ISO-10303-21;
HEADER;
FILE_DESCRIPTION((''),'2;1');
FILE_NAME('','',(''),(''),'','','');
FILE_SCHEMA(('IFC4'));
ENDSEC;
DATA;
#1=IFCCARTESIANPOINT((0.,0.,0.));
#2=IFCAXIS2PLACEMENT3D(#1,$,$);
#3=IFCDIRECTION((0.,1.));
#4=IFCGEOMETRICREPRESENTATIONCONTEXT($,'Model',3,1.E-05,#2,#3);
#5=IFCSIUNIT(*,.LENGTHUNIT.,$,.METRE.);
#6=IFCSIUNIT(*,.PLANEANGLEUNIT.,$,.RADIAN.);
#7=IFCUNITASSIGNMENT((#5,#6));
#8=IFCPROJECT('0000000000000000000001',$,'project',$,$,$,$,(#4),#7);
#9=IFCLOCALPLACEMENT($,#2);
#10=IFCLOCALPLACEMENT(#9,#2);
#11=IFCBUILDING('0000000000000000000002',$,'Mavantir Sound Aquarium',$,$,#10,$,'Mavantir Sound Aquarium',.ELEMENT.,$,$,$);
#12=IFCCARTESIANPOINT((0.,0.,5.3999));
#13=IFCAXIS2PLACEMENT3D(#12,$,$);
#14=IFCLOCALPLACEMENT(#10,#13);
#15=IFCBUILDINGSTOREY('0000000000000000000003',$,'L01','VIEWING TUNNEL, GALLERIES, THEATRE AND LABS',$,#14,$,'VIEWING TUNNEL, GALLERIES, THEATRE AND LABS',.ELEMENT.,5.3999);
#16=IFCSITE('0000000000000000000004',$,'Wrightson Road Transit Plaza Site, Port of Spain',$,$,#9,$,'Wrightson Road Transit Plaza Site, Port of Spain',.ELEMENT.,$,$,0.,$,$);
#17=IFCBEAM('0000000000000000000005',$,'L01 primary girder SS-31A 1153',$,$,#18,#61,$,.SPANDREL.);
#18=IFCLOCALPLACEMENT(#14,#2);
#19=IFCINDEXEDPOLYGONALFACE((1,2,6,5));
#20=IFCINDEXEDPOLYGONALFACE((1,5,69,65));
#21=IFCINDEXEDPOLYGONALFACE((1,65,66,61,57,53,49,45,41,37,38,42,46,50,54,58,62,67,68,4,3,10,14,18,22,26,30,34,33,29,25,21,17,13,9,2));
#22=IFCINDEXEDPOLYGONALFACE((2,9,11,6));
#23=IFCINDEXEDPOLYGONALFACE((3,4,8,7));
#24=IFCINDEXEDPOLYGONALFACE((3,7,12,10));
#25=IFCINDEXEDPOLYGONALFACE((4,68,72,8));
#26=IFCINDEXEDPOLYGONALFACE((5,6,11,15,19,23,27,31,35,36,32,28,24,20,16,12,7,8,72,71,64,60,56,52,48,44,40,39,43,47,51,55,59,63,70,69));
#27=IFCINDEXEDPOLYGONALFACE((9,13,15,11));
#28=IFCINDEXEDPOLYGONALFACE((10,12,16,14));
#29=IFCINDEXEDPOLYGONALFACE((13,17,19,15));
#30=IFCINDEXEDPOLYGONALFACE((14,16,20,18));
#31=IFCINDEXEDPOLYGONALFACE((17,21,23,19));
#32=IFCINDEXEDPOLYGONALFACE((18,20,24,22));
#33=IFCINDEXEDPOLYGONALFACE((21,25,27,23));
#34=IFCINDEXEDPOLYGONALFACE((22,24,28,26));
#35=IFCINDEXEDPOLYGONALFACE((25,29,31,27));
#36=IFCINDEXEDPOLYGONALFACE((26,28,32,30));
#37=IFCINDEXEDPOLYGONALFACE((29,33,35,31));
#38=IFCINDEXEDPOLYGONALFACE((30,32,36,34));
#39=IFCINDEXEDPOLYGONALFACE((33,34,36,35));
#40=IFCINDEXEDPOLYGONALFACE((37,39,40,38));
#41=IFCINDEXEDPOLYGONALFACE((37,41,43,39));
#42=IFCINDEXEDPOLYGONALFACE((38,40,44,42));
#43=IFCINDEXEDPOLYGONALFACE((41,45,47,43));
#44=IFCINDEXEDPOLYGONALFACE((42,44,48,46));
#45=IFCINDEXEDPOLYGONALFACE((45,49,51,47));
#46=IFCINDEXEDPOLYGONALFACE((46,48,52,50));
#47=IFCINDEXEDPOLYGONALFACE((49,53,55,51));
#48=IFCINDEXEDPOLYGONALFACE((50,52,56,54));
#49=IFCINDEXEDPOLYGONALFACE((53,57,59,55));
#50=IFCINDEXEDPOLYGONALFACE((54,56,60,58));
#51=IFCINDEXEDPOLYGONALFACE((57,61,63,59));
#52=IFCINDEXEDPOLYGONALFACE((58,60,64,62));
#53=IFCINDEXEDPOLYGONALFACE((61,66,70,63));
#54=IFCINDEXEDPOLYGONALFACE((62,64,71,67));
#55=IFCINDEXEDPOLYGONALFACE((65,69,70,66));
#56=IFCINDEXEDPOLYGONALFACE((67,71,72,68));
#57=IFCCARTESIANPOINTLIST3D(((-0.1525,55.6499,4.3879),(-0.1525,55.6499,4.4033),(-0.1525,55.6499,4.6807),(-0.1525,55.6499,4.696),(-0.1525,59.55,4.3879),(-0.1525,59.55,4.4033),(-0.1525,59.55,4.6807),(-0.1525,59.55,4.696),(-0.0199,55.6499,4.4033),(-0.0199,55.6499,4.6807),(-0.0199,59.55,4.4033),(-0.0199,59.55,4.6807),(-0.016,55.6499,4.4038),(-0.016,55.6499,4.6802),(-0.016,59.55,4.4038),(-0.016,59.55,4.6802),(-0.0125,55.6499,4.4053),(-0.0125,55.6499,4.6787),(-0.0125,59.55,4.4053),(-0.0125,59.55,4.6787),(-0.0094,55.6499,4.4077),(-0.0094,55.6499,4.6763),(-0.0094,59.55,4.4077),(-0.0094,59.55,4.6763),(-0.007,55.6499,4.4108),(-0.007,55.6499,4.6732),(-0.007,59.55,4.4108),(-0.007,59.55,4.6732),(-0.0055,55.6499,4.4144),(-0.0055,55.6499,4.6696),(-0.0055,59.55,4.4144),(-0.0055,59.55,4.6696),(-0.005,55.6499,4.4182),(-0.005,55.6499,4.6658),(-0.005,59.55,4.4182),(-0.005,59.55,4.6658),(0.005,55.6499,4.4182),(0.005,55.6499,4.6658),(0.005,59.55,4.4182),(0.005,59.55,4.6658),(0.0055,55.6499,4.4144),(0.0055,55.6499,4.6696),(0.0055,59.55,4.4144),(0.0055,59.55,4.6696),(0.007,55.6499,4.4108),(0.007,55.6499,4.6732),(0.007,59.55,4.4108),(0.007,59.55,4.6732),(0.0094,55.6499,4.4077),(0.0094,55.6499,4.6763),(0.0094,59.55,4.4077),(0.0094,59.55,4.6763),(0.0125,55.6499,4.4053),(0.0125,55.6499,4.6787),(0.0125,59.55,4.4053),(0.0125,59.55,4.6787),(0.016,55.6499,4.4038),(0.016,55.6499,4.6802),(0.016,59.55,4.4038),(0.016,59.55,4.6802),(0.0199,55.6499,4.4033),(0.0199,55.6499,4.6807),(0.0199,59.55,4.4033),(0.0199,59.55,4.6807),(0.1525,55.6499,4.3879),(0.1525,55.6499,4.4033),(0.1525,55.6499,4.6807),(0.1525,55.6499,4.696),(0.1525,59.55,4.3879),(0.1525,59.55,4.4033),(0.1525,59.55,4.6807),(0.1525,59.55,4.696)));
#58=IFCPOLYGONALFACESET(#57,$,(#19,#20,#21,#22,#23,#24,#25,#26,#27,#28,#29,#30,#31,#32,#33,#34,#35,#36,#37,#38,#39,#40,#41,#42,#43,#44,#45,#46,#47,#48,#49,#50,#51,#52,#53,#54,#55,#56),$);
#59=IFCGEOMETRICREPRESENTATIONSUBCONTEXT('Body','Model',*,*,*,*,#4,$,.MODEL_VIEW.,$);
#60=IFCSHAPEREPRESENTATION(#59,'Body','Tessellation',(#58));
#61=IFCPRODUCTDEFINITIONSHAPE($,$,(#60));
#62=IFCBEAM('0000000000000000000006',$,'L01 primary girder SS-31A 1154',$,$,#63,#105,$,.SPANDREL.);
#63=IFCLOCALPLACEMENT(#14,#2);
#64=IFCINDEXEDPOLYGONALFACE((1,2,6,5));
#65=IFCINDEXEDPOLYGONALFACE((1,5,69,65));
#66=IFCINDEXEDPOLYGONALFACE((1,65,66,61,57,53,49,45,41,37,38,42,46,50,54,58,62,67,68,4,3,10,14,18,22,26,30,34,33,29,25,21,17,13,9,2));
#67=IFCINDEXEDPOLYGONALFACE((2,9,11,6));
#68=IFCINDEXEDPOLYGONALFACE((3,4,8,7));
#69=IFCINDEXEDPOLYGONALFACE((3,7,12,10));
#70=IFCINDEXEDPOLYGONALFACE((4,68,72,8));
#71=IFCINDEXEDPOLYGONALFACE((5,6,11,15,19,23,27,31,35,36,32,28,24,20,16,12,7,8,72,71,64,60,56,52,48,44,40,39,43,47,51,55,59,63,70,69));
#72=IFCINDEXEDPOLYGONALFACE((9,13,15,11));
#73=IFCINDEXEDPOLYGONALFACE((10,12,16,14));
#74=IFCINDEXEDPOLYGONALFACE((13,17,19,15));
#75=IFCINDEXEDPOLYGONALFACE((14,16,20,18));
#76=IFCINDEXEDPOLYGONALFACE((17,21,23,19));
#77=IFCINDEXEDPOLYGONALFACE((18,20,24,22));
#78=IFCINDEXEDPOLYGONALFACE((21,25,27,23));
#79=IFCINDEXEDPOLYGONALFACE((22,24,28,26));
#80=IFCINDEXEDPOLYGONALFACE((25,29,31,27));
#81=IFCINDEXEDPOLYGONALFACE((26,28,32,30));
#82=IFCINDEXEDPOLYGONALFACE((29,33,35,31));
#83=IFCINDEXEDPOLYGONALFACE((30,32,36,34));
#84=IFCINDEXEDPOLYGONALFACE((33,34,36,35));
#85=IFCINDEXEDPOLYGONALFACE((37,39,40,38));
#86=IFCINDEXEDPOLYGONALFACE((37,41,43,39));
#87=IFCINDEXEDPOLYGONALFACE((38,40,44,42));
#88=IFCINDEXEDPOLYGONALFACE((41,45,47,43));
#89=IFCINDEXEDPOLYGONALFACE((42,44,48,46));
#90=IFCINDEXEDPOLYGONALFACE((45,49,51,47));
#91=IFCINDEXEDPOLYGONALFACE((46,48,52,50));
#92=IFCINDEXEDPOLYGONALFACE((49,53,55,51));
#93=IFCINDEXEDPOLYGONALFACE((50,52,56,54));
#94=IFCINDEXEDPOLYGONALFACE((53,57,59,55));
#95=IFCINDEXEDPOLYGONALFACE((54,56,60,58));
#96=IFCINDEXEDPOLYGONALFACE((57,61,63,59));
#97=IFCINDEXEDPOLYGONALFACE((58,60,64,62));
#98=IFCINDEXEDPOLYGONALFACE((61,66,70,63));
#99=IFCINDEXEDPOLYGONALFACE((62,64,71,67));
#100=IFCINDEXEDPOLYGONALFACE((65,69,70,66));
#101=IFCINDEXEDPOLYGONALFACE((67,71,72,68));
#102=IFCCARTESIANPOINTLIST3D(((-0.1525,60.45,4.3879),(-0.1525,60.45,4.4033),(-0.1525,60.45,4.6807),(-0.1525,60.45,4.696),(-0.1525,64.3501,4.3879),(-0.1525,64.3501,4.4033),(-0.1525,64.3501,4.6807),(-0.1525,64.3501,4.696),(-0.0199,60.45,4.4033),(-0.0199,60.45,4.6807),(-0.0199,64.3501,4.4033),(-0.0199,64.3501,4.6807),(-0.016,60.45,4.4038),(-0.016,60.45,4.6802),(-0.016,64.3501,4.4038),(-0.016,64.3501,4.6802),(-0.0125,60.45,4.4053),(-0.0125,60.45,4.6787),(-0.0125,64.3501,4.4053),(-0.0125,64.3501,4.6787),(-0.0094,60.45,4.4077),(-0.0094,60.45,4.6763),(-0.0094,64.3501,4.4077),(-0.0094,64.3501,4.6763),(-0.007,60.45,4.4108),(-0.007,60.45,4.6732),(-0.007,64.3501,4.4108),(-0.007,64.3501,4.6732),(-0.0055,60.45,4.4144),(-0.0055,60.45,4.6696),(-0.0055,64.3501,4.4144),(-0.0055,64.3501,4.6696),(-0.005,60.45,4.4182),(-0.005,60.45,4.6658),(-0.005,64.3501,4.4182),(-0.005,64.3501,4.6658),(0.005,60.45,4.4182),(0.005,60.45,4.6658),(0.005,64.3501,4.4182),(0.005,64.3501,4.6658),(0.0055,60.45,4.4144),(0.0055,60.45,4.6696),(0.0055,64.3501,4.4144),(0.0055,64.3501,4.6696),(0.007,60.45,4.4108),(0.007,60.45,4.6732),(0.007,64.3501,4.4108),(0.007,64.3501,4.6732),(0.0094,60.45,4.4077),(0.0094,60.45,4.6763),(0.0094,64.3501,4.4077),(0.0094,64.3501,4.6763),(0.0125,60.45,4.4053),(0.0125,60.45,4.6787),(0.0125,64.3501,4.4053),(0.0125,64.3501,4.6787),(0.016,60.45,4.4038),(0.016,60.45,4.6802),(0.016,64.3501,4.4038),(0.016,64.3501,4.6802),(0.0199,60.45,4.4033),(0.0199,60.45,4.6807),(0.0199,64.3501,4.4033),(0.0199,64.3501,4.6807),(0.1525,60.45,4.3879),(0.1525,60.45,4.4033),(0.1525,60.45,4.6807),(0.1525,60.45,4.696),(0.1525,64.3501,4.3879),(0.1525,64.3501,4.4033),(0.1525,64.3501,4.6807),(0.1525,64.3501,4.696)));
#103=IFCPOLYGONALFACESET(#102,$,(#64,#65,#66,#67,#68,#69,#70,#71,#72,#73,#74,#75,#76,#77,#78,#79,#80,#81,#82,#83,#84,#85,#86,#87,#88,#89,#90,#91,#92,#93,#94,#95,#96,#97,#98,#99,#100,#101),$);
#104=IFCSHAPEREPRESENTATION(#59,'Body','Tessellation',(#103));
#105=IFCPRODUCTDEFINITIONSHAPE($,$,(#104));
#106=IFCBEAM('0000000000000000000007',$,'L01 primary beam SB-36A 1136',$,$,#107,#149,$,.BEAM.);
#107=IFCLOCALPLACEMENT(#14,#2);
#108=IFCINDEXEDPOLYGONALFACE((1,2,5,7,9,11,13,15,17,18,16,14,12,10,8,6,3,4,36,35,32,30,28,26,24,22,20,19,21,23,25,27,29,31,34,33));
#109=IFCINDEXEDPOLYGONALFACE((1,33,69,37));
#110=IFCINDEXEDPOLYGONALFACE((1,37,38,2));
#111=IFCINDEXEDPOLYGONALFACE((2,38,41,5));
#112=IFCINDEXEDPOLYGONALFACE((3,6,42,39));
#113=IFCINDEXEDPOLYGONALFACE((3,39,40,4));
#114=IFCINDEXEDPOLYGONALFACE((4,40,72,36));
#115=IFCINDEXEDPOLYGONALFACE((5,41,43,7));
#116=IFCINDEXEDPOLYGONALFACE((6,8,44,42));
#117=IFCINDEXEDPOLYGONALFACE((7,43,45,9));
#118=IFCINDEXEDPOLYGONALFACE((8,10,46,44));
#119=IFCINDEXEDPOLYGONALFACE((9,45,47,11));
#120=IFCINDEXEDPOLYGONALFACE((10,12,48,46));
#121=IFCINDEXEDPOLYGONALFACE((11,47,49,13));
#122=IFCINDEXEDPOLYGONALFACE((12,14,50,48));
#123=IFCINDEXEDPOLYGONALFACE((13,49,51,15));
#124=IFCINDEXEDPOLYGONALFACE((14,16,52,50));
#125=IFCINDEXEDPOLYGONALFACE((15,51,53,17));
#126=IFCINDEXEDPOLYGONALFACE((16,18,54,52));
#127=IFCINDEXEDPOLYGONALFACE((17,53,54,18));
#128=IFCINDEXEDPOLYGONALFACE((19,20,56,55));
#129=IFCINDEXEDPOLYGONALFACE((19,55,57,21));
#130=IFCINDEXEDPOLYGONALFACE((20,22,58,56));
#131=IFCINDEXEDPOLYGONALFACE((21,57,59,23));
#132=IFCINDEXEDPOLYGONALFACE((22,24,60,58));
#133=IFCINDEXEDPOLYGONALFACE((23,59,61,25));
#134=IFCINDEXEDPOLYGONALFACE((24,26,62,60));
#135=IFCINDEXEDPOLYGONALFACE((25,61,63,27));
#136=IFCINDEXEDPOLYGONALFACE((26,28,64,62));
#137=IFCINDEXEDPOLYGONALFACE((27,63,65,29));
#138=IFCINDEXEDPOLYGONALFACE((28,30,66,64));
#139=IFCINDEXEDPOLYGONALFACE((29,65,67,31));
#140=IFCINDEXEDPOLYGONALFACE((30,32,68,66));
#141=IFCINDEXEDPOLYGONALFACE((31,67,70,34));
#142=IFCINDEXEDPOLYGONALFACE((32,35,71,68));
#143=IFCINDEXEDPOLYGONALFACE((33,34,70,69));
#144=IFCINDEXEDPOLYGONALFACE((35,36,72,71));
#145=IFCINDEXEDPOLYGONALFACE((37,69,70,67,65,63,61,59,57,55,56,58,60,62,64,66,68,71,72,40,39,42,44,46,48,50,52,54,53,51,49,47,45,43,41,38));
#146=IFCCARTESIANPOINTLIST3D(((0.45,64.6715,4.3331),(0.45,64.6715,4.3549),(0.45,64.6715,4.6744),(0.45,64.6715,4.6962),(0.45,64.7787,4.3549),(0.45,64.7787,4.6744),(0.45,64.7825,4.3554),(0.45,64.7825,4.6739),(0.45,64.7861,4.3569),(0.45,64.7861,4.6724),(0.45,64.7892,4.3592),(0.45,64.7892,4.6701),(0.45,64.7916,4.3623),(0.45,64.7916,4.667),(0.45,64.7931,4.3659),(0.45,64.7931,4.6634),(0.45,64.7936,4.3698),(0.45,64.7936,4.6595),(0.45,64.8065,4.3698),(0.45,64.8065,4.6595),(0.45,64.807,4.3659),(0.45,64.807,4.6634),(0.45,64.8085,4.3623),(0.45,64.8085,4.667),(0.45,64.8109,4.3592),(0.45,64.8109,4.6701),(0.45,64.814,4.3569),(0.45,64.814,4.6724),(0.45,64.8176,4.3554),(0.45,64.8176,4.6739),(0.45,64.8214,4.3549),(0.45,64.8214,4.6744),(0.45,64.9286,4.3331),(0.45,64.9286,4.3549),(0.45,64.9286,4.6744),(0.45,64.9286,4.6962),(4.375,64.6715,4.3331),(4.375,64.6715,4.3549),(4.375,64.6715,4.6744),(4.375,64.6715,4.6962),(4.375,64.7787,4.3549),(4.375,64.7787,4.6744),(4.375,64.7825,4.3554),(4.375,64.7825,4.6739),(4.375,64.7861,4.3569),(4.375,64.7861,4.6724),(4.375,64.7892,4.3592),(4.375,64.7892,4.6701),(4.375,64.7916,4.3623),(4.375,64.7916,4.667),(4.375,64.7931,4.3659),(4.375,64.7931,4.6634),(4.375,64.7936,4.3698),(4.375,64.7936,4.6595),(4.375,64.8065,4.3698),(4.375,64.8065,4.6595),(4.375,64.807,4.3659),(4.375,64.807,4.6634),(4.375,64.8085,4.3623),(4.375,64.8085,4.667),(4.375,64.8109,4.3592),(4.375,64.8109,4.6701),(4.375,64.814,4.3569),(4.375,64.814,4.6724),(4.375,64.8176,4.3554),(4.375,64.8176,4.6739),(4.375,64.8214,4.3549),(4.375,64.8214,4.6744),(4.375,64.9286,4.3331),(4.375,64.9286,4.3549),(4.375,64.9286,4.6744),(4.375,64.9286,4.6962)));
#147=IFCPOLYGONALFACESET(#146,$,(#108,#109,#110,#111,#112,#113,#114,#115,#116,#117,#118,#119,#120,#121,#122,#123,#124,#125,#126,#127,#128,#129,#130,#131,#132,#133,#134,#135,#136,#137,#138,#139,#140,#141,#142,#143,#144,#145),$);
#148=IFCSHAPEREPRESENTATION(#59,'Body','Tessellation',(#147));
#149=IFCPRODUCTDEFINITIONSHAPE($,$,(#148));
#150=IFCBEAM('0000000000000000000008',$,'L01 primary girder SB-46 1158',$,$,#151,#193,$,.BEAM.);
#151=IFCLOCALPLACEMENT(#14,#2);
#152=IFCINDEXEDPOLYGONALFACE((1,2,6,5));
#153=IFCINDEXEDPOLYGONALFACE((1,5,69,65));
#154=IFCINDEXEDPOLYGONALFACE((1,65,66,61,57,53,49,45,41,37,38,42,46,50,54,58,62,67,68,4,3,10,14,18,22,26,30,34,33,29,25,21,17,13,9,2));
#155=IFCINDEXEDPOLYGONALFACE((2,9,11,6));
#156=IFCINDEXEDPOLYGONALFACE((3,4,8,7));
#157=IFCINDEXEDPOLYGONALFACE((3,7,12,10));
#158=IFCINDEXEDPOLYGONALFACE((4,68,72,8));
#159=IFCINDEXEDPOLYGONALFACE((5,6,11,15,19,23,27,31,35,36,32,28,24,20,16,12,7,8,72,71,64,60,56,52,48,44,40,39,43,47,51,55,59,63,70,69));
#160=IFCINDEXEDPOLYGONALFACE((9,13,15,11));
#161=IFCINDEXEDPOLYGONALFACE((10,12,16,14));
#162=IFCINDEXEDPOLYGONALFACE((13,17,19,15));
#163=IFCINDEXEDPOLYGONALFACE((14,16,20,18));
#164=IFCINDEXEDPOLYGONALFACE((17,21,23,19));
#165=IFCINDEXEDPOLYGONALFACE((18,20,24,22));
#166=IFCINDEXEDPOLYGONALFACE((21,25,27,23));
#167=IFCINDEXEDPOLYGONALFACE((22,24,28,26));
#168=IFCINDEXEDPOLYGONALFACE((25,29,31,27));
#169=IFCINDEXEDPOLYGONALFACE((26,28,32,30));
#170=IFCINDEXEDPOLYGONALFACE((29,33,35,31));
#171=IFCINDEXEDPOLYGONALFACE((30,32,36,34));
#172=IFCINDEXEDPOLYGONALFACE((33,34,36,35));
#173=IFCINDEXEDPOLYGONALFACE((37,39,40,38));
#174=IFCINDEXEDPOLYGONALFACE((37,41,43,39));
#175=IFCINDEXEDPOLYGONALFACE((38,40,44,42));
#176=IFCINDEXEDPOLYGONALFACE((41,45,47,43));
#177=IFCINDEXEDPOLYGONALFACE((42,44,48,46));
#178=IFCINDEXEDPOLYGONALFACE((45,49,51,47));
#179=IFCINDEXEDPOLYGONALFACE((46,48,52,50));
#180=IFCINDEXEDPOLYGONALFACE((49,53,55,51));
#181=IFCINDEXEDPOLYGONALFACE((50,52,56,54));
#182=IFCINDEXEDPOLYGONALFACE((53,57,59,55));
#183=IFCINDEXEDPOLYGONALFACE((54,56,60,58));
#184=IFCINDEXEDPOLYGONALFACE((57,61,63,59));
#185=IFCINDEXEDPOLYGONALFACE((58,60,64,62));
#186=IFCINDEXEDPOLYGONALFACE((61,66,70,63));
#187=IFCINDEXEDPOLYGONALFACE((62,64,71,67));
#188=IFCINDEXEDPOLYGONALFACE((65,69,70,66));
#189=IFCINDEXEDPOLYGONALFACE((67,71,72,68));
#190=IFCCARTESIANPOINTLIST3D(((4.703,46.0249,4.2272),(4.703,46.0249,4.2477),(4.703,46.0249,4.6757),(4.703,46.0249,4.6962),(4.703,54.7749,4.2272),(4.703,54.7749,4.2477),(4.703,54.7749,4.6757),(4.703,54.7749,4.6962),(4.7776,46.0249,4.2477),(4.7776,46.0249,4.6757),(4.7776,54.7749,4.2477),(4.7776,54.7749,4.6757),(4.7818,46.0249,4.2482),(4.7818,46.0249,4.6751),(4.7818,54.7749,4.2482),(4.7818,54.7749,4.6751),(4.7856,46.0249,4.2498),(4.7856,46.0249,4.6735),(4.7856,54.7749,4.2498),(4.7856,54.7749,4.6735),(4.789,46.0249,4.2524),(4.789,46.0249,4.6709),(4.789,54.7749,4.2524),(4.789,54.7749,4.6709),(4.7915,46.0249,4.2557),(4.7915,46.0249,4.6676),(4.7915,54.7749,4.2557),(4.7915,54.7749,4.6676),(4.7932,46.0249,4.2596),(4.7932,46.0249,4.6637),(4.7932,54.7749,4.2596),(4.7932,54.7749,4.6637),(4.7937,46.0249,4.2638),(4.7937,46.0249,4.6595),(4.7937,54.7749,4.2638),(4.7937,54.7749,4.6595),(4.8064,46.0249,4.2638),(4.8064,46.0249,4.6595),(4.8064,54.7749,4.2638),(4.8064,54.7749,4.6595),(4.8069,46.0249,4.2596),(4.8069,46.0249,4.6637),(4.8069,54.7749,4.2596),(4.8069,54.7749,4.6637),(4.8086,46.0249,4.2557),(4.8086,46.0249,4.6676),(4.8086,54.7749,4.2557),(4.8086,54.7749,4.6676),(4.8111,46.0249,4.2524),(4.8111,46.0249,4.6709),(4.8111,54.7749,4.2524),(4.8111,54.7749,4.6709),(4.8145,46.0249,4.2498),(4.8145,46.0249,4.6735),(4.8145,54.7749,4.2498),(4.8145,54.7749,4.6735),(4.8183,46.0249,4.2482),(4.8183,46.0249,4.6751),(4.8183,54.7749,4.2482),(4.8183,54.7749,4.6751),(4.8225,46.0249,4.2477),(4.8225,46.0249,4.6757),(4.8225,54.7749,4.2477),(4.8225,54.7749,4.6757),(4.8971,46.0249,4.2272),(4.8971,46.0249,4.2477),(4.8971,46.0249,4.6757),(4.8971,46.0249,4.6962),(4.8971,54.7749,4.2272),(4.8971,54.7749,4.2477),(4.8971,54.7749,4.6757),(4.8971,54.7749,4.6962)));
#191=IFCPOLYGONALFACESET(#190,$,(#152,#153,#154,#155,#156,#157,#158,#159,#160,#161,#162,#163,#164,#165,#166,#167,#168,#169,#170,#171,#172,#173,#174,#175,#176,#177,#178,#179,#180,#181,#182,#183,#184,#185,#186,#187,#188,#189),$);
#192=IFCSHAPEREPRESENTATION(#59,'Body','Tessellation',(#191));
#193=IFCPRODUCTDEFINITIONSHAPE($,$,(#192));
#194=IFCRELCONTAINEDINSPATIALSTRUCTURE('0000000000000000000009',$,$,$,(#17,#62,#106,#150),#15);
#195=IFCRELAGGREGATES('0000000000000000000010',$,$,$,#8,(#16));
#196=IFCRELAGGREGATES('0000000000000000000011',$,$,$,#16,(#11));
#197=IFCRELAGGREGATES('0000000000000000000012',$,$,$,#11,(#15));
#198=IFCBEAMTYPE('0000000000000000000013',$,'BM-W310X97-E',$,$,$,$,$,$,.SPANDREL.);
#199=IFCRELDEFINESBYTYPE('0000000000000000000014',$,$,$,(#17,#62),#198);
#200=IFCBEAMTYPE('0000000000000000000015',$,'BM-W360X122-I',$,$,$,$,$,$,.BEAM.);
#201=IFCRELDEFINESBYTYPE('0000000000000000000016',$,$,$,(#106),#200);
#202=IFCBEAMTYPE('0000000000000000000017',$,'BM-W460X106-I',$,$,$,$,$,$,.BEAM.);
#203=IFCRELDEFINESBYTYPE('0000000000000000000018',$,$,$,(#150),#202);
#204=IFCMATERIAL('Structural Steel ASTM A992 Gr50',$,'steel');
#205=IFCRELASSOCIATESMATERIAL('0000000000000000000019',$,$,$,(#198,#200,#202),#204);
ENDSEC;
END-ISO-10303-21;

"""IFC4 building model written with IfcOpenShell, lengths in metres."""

from ifc_helpers import new_model, si_unit, direction, frame, origin, origin_2d, place, context, subcontext, project, spatial, i_section, extrude, material, material_profile, profile_set, type_object, element, save


model = new_model("IFC4")

# Units and contexts
model_context = context("Model", 3, precision=1e-05, world=origin(), true_north=direction((0.0, 1.0)))
body_context = subcontext(model_context, "Body", "Model", "MODEL_VIEW")
ifc_project = project(units=[si_unit("LENGTHUNIT", "METRE"), si_unit("PLANEANGLEUNIT", "RADIAN")], contexts=[model_context])

# Site, building, storey
site_placement = place(None, origin())
site = spatial("IfcSite", under=ifc_project, at=site_placement, Name="Wrightson Road Transit Plaza Site, Port of Spain", LongName="Wrightson Road Transit Plaza Site, Port of Spain", CompositionType="ELEMENT", RefElevation=0.0)
building_placement = place(site_placement, origin())
building = spatial("IfcBuilding", under=site, at=building_placement, Name="Mavantir Sound Aquarium", LongName="Mavantir Sound Aquarium", CompositionType="ELEMENT")
storey_placement = place(building_placement, frame((0.0, 0.0, 5.3999)))
storey = spatial("IfcBuildingStorey", under=building, at=storey_placement, Name="L01", Description="VIEWING TUNNEL, GALLERIES, THEATRE AND LABS", LongName="VIEWING TUNNEL, GALLERIES, THEATRE AND LABS", CompositionType="ELEMENT", Elevation=5.3999)

# Beams
ifc_material_1 = material(Name="Structural Steel ASTM A992 Gr50", Category="steel")
ifc_material_profile_1 = material_profile(ifc_material_1, i_section(OverallWidth=0.3049, OverallDepth=0.3081, WebThickness=0.01, FlangeThickness=0.0154, FilletRadius=0.0149, at=origin_2d()), Name="W310X97")
ifc_profile_set_1 = profile_set([ifc_material_profile_1], Name="Structural Steel ASTM A992 Gr50")
beam_type_1 = type_object("IfcBeamType", Name="BM-W310X97-E", PredefinedType="SPANDREL", material=ifc_profile_set_1)
for number, where, z_axis, x_axis, name in (
    (1, (0.0, 55.6499, 4.542), (0.0, 1.0, 0.0), (-1.0, 0.0, 0.0), "L01 primary girder SS-31A 1153"),
    (2, (0.0, 60.45, 4.542), (0.0, 1.0, 0.0), (-1.0, 0.0, 0.0), "L01 primary girder SS-31A 1154"),
):
    element("IfcBeam", number, at=place(storey_placement, frame(where, z_axis=z_axis, x_axis=x_axis)), inside=storey, type_object=beam_type_1, Name=name, PredefinedType="SPANDREL", context=body_context, shape_type="SweptSolid", body=[
        extrude(i_section(OverallWidth=0.3049, OverallDepth=0.3081, WebThickness=0.01, FlangeThickness=0.0154, FilletRadius=0.0149, at=origin_2d()), origin(), (0.0, 0.0, 1.0), 3.9001),
    ])
ifc_material_profile_2 = material_profile(ifc_material_1, i_section(OverallWidth=0.2571, OverallDepth=0.363, WebThickness=0.0129, FlangeThickness=0.0217, FilletRadius=0.0149, at=origin_2d()), Name="W360X122")
ifc_profile_set_2 = profile_set([ifc_material_profile_2], Name="Structural Steel ASTM A992 Gr50")
beam_type_2 = type_object("IfcBeamType", Name="BM-W360X122-I", PredefinedType="BEAM", material=ifc_profile_set_2)
beam_1_placement = place(storey_placement, frame((0.45, 64.8, 4.5146), z_axis=(1.0, 0.0, 0.0), x_axis=(0.0, 1.0, 0.0)))
element("IfcBeam", 3, at=beam_1_placement, inside=storey, type_object=beam_type_2, Name="L01 primary beam SB-36A 1136", PredefinedType="BEAM", context=body_context, shape_type="SweptSolid", body=[
    extrude(i_section(OverallWidth=0.2571, OverallDepth=0.363, WebThickness=0.0129, FlangeThickness=0.0217, FilletRadius=0.0149, at=origin_2d()), origin(), (0.0, 0.0, 1.0), 3.925),
])
ifc_material_profile_3 = material_profile(ifc_material_1, i_section(OverallWidth=0.1941, OverallDepth=0.469, WebThickness=0.0127, FlangeThickness=0.0205, FilletRadius=0.0161, at=origin_2d()), Name="W460X106")
ifc_profile_set_3 = profile_set([ifc_material_profile_3], Name="Structural Steel ASTM A992 Gr50")
beam_type_3 = type_object("IfcBeamType", Name="BM-W460X106-I", PredefinedType="BEAM", material=ifc_profile_set_3)
beam_2_placement = place(storey_placement, frame((4.8, 46.0249, 4.4617), z_axis=(0.0, 1.0, 0.0), x_axis=(-1.0, 0.0, 0.0)))
element("IfcBeam", 4, at=beam_2_placement, inside=storey, type_object=beam_type_3, Name="L01 primary girder SB-46 1158", PredefinedType="BEAM", context=body_context, shape_type="SweptSolid", body=[
    extrude(i_section(OverallWidth=0.1941, OverallDepth=0.469, WebThickness=0.0127, FlangeThickness=0.0205, FilletRadius=0.0161, at=origin_2d()), origin(), (0.0, 0.0, 1.0), 8.75),
])

save(model, "model.ifc")
